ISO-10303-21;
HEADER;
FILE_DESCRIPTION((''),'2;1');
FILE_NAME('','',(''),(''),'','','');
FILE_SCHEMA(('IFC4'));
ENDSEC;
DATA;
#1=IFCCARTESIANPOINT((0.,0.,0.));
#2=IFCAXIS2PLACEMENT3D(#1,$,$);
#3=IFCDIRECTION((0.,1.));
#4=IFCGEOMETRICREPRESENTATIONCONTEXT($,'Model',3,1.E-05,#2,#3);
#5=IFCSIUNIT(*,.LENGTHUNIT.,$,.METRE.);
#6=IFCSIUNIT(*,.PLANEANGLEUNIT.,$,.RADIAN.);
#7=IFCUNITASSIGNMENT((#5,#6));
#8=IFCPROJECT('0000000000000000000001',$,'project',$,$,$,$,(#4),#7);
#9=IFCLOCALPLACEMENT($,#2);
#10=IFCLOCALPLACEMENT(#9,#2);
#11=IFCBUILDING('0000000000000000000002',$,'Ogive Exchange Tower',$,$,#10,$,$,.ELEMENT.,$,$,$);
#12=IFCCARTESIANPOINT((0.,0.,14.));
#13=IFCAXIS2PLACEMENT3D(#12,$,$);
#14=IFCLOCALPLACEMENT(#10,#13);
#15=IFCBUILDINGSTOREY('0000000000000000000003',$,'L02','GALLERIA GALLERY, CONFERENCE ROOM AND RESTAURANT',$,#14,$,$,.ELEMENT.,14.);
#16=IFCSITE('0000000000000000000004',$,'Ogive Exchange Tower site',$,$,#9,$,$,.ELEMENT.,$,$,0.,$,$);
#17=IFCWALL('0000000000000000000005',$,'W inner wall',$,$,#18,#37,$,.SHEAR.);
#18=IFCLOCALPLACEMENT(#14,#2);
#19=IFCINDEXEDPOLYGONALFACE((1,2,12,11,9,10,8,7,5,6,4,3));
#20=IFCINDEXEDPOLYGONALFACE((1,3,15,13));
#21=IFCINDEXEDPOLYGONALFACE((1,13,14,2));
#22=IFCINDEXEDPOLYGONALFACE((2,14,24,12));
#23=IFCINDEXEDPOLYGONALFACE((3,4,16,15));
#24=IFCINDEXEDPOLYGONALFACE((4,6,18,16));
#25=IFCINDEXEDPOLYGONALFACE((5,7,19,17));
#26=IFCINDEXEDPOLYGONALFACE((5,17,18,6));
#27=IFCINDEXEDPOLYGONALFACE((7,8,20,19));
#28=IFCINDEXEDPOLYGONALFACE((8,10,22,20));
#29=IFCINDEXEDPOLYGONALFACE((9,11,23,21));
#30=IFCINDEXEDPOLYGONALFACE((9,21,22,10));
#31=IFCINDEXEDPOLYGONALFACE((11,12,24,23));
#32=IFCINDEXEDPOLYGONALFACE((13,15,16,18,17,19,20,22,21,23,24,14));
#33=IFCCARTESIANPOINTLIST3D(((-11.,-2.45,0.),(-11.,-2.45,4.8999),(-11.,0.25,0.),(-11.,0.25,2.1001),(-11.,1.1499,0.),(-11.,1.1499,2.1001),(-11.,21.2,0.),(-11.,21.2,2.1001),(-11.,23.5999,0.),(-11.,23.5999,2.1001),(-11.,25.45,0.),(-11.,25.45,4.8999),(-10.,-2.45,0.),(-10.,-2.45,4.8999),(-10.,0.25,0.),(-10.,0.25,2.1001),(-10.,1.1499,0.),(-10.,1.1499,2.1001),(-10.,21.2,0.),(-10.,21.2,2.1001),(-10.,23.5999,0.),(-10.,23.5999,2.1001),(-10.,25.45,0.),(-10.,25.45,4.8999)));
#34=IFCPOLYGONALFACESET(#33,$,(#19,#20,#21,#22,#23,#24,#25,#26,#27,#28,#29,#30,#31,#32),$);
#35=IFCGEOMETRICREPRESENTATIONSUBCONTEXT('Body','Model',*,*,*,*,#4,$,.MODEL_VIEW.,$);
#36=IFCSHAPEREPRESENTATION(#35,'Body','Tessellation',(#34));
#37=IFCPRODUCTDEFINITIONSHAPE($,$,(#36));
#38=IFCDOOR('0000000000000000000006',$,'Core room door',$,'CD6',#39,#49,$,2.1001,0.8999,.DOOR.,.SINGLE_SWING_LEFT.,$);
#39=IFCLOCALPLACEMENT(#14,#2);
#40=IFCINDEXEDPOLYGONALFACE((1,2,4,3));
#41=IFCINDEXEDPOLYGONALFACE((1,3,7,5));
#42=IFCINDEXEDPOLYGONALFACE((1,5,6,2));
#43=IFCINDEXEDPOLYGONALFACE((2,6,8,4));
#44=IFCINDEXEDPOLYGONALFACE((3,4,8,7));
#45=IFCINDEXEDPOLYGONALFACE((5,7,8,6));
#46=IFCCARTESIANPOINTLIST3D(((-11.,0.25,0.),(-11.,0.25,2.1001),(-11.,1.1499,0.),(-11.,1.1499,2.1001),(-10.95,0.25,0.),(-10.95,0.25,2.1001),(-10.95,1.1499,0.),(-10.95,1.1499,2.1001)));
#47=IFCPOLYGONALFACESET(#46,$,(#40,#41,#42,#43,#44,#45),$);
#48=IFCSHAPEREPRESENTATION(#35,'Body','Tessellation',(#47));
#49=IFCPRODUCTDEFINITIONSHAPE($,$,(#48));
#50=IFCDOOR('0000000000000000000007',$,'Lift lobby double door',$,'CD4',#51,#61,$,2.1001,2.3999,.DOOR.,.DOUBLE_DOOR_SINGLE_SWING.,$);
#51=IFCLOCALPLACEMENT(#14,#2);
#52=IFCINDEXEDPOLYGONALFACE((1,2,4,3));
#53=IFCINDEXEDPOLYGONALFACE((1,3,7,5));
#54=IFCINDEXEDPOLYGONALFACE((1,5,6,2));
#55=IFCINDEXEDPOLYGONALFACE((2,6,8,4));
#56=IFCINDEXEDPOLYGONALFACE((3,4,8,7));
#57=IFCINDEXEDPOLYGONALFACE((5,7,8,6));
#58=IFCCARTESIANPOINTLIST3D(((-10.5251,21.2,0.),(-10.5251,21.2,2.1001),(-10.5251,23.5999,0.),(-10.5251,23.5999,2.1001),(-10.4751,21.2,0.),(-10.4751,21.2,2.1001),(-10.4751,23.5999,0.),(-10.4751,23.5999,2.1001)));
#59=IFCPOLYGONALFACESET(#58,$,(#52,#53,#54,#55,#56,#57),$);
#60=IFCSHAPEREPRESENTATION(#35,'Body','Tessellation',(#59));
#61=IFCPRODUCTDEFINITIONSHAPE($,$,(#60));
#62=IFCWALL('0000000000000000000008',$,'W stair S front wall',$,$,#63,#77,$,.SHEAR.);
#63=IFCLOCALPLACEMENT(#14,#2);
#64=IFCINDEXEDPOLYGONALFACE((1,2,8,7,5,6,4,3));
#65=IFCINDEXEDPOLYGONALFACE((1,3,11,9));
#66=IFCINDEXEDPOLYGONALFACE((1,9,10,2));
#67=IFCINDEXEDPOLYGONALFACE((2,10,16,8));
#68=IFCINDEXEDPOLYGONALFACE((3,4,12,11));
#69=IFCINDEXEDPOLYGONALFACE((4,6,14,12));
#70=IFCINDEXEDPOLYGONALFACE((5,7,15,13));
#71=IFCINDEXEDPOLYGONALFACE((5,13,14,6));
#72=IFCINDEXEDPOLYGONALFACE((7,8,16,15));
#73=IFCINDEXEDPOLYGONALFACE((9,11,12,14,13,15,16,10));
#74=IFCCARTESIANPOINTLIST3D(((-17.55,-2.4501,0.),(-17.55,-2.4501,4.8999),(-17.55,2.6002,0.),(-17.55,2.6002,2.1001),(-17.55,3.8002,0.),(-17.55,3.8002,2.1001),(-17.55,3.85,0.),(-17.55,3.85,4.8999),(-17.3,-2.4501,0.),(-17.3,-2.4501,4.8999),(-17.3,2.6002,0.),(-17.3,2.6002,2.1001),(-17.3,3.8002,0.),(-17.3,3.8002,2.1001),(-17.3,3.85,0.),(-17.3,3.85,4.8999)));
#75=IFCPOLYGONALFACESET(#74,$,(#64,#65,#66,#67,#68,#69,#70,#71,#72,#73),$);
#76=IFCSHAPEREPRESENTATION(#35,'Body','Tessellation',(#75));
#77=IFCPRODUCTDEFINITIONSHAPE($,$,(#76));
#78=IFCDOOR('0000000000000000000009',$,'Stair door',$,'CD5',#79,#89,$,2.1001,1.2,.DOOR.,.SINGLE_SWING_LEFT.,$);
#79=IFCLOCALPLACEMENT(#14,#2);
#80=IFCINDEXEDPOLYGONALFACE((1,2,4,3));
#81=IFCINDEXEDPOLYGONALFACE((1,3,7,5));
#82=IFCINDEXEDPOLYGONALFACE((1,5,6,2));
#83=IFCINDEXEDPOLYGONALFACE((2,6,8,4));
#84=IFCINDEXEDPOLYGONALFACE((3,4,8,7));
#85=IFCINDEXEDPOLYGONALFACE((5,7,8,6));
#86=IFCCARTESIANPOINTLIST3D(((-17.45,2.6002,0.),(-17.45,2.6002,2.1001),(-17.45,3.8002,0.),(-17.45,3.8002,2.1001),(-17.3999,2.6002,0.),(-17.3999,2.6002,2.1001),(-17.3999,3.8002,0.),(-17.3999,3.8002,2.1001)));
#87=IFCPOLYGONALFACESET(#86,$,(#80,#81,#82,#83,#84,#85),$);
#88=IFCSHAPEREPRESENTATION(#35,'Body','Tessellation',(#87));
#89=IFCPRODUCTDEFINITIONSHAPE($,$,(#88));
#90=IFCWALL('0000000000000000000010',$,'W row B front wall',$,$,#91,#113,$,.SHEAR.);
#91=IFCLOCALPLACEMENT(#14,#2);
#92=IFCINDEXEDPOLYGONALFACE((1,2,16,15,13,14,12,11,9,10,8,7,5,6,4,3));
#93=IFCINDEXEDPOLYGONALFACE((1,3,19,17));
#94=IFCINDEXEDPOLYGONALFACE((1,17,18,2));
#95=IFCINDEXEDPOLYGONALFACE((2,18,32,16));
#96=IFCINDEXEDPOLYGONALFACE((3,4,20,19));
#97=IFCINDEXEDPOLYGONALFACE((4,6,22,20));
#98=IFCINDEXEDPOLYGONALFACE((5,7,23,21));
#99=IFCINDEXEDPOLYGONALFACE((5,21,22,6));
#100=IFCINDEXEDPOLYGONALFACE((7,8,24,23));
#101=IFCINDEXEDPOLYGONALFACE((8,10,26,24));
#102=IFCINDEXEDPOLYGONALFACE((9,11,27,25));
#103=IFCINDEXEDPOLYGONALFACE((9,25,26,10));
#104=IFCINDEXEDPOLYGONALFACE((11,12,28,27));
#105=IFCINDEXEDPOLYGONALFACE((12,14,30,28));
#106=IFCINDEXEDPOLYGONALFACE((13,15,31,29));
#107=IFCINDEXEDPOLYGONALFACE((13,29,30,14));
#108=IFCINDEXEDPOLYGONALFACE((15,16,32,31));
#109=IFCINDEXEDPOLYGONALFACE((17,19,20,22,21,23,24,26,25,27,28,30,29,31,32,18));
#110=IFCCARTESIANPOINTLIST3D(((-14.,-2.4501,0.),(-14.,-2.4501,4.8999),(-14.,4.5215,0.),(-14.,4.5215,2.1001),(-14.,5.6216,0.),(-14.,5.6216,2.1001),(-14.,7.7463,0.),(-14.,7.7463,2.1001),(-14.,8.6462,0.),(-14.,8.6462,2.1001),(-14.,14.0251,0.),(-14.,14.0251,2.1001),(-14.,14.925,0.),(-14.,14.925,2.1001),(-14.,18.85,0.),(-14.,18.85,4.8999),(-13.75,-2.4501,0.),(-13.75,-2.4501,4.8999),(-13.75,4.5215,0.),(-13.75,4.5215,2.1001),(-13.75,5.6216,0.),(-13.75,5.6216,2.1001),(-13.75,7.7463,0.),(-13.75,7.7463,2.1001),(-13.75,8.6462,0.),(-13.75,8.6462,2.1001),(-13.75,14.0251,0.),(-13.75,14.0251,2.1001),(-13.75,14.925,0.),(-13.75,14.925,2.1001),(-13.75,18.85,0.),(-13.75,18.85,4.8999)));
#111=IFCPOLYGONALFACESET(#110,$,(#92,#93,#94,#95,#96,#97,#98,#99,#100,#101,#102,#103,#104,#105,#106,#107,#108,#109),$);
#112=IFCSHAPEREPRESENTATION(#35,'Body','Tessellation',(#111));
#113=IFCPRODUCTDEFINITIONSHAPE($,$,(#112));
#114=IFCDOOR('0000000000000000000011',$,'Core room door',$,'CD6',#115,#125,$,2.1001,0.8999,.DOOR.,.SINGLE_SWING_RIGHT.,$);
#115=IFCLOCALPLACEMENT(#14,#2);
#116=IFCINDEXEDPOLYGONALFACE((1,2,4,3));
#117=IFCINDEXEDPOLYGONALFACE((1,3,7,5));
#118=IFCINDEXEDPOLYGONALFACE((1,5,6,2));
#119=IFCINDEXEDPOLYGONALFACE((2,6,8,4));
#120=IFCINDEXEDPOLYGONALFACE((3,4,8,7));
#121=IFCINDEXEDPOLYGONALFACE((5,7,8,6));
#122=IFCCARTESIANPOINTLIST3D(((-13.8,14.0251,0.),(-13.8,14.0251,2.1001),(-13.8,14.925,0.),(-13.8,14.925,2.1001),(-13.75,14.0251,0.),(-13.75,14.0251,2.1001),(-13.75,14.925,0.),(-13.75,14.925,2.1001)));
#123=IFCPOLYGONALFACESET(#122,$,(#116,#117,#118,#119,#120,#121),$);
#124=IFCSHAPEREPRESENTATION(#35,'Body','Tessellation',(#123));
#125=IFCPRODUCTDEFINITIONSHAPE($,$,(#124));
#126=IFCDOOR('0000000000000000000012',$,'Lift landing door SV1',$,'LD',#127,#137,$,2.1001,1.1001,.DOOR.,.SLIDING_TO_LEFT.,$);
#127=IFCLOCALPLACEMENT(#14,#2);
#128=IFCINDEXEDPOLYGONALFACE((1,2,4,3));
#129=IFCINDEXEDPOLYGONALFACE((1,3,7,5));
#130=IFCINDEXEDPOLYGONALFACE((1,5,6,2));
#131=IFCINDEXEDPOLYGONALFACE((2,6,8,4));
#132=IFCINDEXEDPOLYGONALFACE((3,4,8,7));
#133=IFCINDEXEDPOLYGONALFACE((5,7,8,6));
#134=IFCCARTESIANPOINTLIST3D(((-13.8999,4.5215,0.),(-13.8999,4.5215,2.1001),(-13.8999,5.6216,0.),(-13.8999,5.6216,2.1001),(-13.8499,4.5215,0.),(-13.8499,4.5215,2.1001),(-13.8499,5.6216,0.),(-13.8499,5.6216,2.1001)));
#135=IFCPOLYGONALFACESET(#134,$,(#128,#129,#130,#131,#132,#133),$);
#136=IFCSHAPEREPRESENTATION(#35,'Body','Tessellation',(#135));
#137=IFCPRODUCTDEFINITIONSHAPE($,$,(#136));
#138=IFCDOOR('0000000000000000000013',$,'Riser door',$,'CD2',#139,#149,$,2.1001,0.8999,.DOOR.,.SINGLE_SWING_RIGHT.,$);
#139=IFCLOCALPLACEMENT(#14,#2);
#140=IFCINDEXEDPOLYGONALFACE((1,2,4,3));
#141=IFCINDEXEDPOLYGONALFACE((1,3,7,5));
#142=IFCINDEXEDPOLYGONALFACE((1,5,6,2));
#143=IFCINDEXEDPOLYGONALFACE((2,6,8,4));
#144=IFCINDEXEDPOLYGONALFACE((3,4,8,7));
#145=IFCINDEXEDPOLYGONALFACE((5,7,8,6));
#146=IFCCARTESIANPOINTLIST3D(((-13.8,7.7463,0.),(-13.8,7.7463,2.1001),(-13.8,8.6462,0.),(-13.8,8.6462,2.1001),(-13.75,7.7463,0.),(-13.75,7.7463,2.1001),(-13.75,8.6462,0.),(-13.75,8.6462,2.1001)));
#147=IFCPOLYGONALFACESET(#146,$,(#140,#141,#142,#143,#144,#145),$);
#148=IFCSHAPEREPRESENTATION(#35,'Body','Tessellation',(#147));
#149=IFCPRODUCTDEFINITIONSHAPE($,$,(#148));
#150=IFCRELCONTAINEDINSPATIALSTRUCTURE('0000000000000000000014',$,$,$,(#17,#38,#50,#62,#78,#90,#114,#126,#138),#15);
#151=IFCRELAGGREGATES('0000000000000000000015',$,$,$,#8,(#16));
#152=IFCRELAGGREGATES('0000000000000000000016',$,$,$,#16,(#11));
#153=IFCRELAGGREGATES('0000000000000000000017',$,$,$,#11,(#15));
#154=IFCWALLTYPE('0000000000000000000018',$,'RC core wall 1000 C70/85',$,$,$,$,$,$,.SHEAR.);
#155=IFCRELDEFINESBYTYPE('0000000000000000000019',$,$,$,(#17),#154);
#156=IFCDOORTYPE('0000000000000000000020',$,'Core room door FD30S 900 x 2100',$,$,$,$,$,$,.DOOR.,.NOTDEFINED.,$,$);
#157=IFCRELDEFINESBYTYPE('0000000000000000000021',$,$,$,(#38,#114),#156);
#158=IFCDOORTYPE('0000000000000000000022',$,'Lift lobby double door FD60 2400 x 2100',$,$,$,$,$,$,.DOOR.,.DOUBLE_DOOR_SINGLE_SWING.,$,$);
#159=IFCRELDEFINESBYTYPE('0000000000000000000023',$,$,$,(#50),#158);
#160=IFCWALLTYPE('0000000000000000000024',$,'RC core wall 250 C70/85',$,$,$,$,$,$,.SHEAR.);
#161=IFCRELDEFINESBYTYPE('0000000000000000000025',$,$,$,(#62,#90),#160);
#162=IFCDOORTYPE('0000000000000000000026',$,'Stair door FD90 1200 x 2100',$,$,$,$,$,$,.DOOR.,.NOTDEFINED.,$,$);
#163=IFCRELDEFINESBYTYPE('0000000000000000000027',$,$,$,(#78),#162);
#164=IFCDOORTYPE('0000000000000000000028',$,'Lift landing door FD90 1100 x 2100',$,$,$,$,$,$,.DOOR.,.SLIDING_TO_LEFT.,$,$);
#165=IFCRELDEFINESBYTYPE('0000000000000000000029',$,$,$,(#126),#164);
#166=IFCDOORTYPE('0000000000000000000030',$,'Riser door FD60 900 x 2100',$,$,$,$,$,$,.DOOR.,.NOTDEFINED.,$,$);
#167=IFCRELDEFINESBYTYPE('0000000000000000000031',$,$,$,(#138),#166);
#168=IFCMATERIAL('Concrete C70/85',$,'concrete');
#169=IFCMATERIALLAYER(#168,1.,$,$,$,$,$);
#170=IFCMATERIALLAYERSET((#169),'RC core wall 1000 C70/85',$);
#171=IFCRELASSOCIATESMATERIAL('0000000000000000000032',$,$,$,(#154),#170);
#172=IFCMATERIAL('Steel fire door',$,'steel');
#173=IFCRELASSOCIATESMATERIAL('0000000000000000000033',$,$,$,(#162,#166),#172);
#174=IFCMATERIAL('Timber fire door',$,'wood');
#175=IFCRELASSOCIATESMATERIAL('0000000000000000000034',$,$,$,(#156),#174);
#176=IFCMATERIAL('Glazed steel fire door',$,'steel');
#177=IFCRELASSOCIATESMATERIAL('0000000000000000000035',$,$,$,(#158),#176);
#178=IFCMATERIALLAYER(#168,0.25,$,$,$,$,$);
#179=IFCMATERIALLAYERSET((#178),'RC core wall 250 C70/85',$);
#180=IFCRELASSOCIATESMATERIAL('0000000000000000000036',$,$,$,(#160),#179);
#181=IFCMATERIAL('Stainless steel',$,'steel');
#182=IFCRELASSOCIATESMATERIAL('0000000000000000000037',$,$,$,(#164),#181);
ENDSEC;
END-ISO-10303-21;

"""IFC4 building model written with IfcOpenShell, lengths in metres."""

from ifc_helpers import new_model, si_unit, direction, frame, frame_2d, origin, place, context, subcontext, project, spatial, rectangle, extrude, material, layer, layer_set, type_object, element, fill, save


model = new_model("IFC4")

# Units and contexts
model_context = context("Model", 3, precision=1e-05, world=origin(), true_north=direction((0.0, 1.0)))
body_context = subcontext(model_context, "Body", "Model", "MODEL_VIEW")
ifc_project = project(units=[si_unit("LENGTHUNIT", "METRE"), si_unit("PLANEANGLEUNIT", "RADIAN")], contexts=[model_context])

# Site, building, storey
site_placement = place(None, origin())
site = spatial("IfcSite", under=ifc_project, at=site_placement, Name="Ogive Exchange Tower site", CompositionType="ELEMENT", RefElevation=0.0)
building_placement = place(site_placement, origin())
building = spatial("IfcBuilding", under=site, at=building_placement, Name="Ogive Exchange Tower", CompositionType="ELEMENT")
storey_placement = place(building_placement, frame((0.0, 0.0, 14.0)))
storey = spatial("IfcBuildingStorey", under=building, at=storey_placement, Name="L02", Description="GALLERIA GALLERY, CONFERENCE ROOM AND RESTAURANT", CompositionType="ELEMENT", Elevation=14.0)

# Shared definitions
ifc_material_1 = material(Name="Concrete C70/85", Category="concrete")

# Wall, openings, doors
ifc_layer_1 = layer(ifc_material_1, 1.0)
ifc_layer_set_1 = layer_set([ifc_layer_1], Name="RC core wall 1000 C70/85")
wall_type_1 = type_object("IfcWallType", Name="RC core wall 1000 C70/85", PredefinedType="SHEAR", material=ifc_layer_set_1)
ifc_material_2 = material(Name="Steel fire door", Category="steel")
door_type_1 = type_object("IfcDoorType", Name="Stair door FD90 1200 x 2100", OperationType="NOTDEFINED", PredefinedType="DOOR", material=ifc_material_2)
wall_1_placement = place(storey_placement, frame((-10.5, -2.45, 0.0), z_axis=(0.0, 0.0, 1.0), x_axis=(0.0, 1.0, 0.0)))
wall_1 = element("IfcWall", 1, at=wall_1_placement, inside=storey, type_object=wall_type_1, Name="W inner wall", PredefinedType="SHEAR", context=body_context, shape_type="SweptSolid", body=[
    extrude(rectangle(XDim=27.8999, YDim=1.0, at=frame_2d((13.95, 0.0))), origin(), (0.0, 0.0, 1.0), 4.8999),
])
opening_1_placement = place(wall_1_placement, frame((23.6499, 0.0, 0.0)))
opening_1 = element("IfcOpeningElement", 2, at=opening_1_placement, cuts=wall_1, PredefinedType="OPENING", context=body_context, shape_type="SweptSolid", body=[
    extrude(rectangle(XDim=2.3999, YDim=2.1001, at=frame_2d((1.2, 1.05))), frame((0.0, 0.51, 0.0), z_axis=(0.0, -1.0, 0.0), x_axis=(1.0, 0.0, 0.0)), (0.0, 0.0, 1.0), 1.02),
])
opening_2_placement = place(wall_1_placement, frame((2.7, 0.0, 0.0)))
opening_2 = element("IfcOpeningElement", 3, at=opening_2_placement, cuts=wall_1, PredefinedType="OPENING", context=body_context, shape_type="SweptSolid", body=[
    extrude(rectangle(XDim=0.8999, YDim=2.1001, at=frame_2d((0.45, 1.05))), frame((0.0, 0.51, 0.0), z_axis=(0.0, -1.0, 0.0), x_axis=(1.0, 0.0, 0.0)), (0.0, 0.0, 1.0), 1.02),
])
ifc_material_3 = material(Name="Timber fire door", Category="wood")
door_type_2 = type_object("IfcDoorType", Name="Core room door FD30S 900 x 2100", OperationType="NOTDEFINED", PredefinedType="DOOR", material=ifc_material_3)
door_1_placement = place(opening_2_placement, origin())
door_1 = element("IfcDoor", 4, at=door_1_placement, inside=storey, type_object=door_type_2, Name="Core room door", ObjectType="CD6", OperationType="SINGLE_SWING_LEFT", OverallHeight=2.1001, OverallWidth=0.8999, PredefinedType="DOOR", context=body_context, shape_type="SweptSolid", body=[
    extrude(rectangle(XDim=0.8999, YDim=2.1001, at=frame_2d((0.45, 1.05))), frame((0.0, 0.5, 0.0), z_axis=(0.0, -1.0, 0.0), x_axis=(1.0, 0.0, 0.0)), (0.0, 0.0, 1.0), 0.05),
])
fill(opening_2, door_1)
ifc_material_4 = material(Name="Glazed steel fire door", Category="steel")
door_type_3 = type_object("IfcDoorType", Name="Lift lobby double door FD60 2400 x 2100", OperationType="DOUBLE_DOOR_SINGLE_SWING", PredefinedType="DOOR", material=ifc_material_4)
door_2_placement = place(opening_1_placement, frame((2.3999, 0.0, 0.0), z_axis=(0.0, 0.0, 1.0), x_axis=(-1.0, 0.0, 0.0)))
door_2 = element("IfcDoor", 5, at=door_2_placement, inside=storey, type_object=door_type_3, Name="Lift lobby double door", ObjectType="CD4", OperationType="DOUBLE_DOOR_SINGLE_SWING", OverallHeight=2.1001, OverallWidth=2.3999, PredefinedType="DOOR", context=body_context, shape_type="SweptSolid", body=[
    extrude(rectangle(XDim=2.3999, YDim=2.1001, at=frame_2d((1.2, 1.05))), frame((0.0, 0.0249, 0.0), z_axis=(0.0, -1.0, 0.0), x_axis=(1.0, 0.0, 0.0)), (0.0, 0.0, 1.0), 0.05),
])
fill(opening_1, door_2)

# Wall, opening, door
ifc_layer_2 = layer(ifc_material_1, 0.25)
ifc_layer_set_2 = layer_set([ifc_layer_2], Name="RC core wall 250 C70/85")
wall_type_2 = type_object("IfcWallType", Name="RC core wall 250 C70/85", PredefinedType="SHEAR", material=ifc_layer_set_2)
wall_2_placement = place(storey_placement, frame((-17.425, -2.45, 0.0), z_axis=(0.0, 0.0, 1.0), x_axis=(0.0, 1.0, 0.0)))
wall_2 = element("IfcWall", 6, at=wall_2_placement, inside=storey, type_object=wall_type_2, Name="W stair S front wall", PredefinedType="SHEAR", context=body_context, shape_type="SweptSolid", body=[
    extrude(rectangle(XDim=6.3, YDim=0.25, at=frame_2d((3.1499, 0.0))), origin(), (0.0, 0.0, 1.0), 4.8999),
])
opening_3_placement = place(wall_2_placement, frame((5.05, 0.0, 0.0)))
opening_3 = element("IfcOpeningElement", 7, at=opening_3_placement, cuts=wall_2, PredefinedType="OPENING", context=body_context, shape_type="SweptSolid", body=[
    extrude(rectangle(XDim=1.2, YDim=2.1001, at=frame_2d((0.6001, 1.05))), frame((0.0, 0.135, 0.0), z_axis=(0.0, -1.0, 0.0), x_axis=(1.0, 0.0, 0.0)), (0.0, 0.0, 1.0), 0.27),
])
door_3_placement = place(opening_3_placement, origin())
door_3 = element("IfcDoor", 8, at=door_3_placement, inside=storey, type_object=door_type_1, Name="Stair door", ObjectType="CD5", OperationType="SINGLE_SWING_LEFT", OverallHeight=2.1001, OverallWidth=1.2, PredefinedType="DOOR", context=body_context, shape_type="SweptSolid", body=[
    extrude(rectangle(XDim=1.2, YDim=2.1001, at=frame_2d((0.6001, 1.05))), frame((0.0, 0.0249, 0.0), z_axis=(0.0, -1.0, 0.0), x_axis=(1.0, 0.0, 0.0)), (0.0, 0.0, 1.0), 0.05),
])
fill(opening_3, door_3)

# Wall, openings, doors
wall_3_placement = place(storey_placement, frame((-13.875, -2.45, 0.0), z_axis=(0.0, 0.0, 1.0), x_axis=(0.0, 1.0, 0.0)))
wall_3 = element("IfcWall", 9, at=wall_3_placement, inside=storey, type_object=wall_type_2, Name="W row B front wall", PredefinedType="SHEAR", context=body_context, shape_type="SweptSolid", body=[
    extrude(rectangle(XDim=21.3, YDim=0.25, at=frame_2d((10.6499, 0.0))), origin(), (0.0, 0.0, 1.0), 4.8999),
])
opening_4_placement = place(wall_3_placement, frame((10.1963, 0.0, 0.0)))
opening_4 = element("IfcOpeningElement", 10, at=opening_4_placement, cuts=wall_3, PredefinedType="OPENING", context=body_context, shape_type="SweptSolid", body=[
    extrude(rectangle(XDim=0.8999, YDim=2.1001, at=frame_2d((0.45, 1.05))), frame((0.0, 0.135, 0.0), z_axis=(0.0, -1.0, 0.0), x_axis=(1.0, 0.0, 0.0)), (0.0, 0.0, 1.0), 0.27),
])
opening_5_placement = place(wall_3_placement, frame((16.4751, 0.0, 0.0)))
opening_5 = element("IfcOpeningElement", 11, at=opening_5_placement, cuts=wall_3, PredefinedType="OPENING", context=body_context, shape_type="SweptSolid", body=[
    extrude(rectangle(XDim=0.8999, YDim=2.1001, at=frame_2d((0.45, 1.05))), frame((0.0, 0.135, 0.0), z_axis=(0.0, -1.0, 0.0), x_axis=(1.0, 0.0, 0.0)), (0.0, 0.0, 1.0), 0.27),
])
opening_6_placement = place(wall_3_placement, frame((6.9714, 0.0, 0.0)))
opening_6 = element("IfcOpeningElement", 12, at=opening_6_placement, cuts=wall_3, PredefinedType="OPENING", context=body_context, shape_type="SweptSolid", body=[
    extrude(rectangle(XDim=1.1001, YDim=2.1001, at=frame_2d((0.55, 1.05))), frame((0.0, 0.135, 0.0), z_axis=(0.0, -1.0, 0.0), x_axis=(1.0, 0.0, 0.0)), (0.0, 0.0, 1.0), 0.27),
])
door_4_placement = place(opening_5_placement, frame((0.8999, -0.2002, 0.0), z_axis=(0.0, 0.0, 1.0), x_axis=(-1.0, 0.0, 0.0)))
door_4 = element("IfcDoor", 13, at=door_4_placement, inside=storey, type_object=door_type_2, Name="Core room door", ObjectType="CD6", OperationType="SINGLE_SWING_RIGHT", OverallHeight=2.1001, OverallWidth=0.8999, PredefinedType="DOOR", context=body_context, shape_type="SweptSolid", body=[
    extrude(rectangle(XDim=0.8999, YDim=2.1001, at=frame_2d((0.45, 1.05))), frame((0.0, -0.0752, 0.0), z_axis=(0.0, -1.0, 0.0), x_axis=(1.0, 0.0, 0.0)), (0.0, 0.0, 1.0), 0.05),
])
fill(opening_5, door_4)
ifc_material_5 = material(Name="Stainless steel", Category="steel")
door_type_4 = type_object("IfcDoorType", Name="Lift landing door FD90 1100 x 2100", OperationType="SLIDING_TO_LEFT", PredefinedType="DOOR", material=ifc_material_5)
door_5_placement = place(opening_6_placement, origin())
door_5 = element("IfcDoor", 14, at=door_5_placement, inside=storey, type_object=door_type_4, Name="Lift landing door SV1", ObjectType="LD", OperationType="SLIDING_TO_LEFT", OverallHeight=2.1001, OverallWidth=1.1001, PredefinedType="DOOR", context=body_context, shape_type="SweptSolid", body=[
    extrude(rectangle(XDim=1.1001, YDim=2.1001, at=frame_2d((0.55, 1.05))), frame((0.0, 0.0249, 0.0), z_axis=(0.0, -1.0, 0.0), x_axis=(1.0, 0.0, 0.0)), (0.0, 0.0, 1.0), 0.05),
])
fill(opening_6, door_5)
door_type_5 = type_object("IfcDoorType", Name="Riser door FD60 900 x 2100", OperationType="NOTDEFINED", PredefinedType="DOOR", material=ifc_material_2)
door_6_placement = place(opening_4_placement, frame((0.8999, -0.2002, 0.0), z_axis=(0.0, 0.0, 1.0), x_axis=(-1.0, 0.0, 0.0)))
door_6 = element("IfcDoor", 15, at=door_6_placement, inside=storey, type_object=door_type_5, Name="Riser door", ObjectType="CD2", OperationType="SINGLE_SWING_RIGHT", OverallHeight=2.1001, OverallWidth=0.8999, PredefinedType="DOOR", context=body_context, shape_type="SweptSolid", body=[
    extrude(rectangle(XDim=0.8999, YDim=2.1001, at=frame_2d((0.45, 1.05))), frame((0.0, -0.0752, 0.0), z_axis=(0.0, -1.0, 0.0), x_axis=(1.0, 0.0, 0.0)), (0.0, 0.0, 1.0), 0.05),
])
fill(opening_4, door_6)

save(model, "model.ifc")
